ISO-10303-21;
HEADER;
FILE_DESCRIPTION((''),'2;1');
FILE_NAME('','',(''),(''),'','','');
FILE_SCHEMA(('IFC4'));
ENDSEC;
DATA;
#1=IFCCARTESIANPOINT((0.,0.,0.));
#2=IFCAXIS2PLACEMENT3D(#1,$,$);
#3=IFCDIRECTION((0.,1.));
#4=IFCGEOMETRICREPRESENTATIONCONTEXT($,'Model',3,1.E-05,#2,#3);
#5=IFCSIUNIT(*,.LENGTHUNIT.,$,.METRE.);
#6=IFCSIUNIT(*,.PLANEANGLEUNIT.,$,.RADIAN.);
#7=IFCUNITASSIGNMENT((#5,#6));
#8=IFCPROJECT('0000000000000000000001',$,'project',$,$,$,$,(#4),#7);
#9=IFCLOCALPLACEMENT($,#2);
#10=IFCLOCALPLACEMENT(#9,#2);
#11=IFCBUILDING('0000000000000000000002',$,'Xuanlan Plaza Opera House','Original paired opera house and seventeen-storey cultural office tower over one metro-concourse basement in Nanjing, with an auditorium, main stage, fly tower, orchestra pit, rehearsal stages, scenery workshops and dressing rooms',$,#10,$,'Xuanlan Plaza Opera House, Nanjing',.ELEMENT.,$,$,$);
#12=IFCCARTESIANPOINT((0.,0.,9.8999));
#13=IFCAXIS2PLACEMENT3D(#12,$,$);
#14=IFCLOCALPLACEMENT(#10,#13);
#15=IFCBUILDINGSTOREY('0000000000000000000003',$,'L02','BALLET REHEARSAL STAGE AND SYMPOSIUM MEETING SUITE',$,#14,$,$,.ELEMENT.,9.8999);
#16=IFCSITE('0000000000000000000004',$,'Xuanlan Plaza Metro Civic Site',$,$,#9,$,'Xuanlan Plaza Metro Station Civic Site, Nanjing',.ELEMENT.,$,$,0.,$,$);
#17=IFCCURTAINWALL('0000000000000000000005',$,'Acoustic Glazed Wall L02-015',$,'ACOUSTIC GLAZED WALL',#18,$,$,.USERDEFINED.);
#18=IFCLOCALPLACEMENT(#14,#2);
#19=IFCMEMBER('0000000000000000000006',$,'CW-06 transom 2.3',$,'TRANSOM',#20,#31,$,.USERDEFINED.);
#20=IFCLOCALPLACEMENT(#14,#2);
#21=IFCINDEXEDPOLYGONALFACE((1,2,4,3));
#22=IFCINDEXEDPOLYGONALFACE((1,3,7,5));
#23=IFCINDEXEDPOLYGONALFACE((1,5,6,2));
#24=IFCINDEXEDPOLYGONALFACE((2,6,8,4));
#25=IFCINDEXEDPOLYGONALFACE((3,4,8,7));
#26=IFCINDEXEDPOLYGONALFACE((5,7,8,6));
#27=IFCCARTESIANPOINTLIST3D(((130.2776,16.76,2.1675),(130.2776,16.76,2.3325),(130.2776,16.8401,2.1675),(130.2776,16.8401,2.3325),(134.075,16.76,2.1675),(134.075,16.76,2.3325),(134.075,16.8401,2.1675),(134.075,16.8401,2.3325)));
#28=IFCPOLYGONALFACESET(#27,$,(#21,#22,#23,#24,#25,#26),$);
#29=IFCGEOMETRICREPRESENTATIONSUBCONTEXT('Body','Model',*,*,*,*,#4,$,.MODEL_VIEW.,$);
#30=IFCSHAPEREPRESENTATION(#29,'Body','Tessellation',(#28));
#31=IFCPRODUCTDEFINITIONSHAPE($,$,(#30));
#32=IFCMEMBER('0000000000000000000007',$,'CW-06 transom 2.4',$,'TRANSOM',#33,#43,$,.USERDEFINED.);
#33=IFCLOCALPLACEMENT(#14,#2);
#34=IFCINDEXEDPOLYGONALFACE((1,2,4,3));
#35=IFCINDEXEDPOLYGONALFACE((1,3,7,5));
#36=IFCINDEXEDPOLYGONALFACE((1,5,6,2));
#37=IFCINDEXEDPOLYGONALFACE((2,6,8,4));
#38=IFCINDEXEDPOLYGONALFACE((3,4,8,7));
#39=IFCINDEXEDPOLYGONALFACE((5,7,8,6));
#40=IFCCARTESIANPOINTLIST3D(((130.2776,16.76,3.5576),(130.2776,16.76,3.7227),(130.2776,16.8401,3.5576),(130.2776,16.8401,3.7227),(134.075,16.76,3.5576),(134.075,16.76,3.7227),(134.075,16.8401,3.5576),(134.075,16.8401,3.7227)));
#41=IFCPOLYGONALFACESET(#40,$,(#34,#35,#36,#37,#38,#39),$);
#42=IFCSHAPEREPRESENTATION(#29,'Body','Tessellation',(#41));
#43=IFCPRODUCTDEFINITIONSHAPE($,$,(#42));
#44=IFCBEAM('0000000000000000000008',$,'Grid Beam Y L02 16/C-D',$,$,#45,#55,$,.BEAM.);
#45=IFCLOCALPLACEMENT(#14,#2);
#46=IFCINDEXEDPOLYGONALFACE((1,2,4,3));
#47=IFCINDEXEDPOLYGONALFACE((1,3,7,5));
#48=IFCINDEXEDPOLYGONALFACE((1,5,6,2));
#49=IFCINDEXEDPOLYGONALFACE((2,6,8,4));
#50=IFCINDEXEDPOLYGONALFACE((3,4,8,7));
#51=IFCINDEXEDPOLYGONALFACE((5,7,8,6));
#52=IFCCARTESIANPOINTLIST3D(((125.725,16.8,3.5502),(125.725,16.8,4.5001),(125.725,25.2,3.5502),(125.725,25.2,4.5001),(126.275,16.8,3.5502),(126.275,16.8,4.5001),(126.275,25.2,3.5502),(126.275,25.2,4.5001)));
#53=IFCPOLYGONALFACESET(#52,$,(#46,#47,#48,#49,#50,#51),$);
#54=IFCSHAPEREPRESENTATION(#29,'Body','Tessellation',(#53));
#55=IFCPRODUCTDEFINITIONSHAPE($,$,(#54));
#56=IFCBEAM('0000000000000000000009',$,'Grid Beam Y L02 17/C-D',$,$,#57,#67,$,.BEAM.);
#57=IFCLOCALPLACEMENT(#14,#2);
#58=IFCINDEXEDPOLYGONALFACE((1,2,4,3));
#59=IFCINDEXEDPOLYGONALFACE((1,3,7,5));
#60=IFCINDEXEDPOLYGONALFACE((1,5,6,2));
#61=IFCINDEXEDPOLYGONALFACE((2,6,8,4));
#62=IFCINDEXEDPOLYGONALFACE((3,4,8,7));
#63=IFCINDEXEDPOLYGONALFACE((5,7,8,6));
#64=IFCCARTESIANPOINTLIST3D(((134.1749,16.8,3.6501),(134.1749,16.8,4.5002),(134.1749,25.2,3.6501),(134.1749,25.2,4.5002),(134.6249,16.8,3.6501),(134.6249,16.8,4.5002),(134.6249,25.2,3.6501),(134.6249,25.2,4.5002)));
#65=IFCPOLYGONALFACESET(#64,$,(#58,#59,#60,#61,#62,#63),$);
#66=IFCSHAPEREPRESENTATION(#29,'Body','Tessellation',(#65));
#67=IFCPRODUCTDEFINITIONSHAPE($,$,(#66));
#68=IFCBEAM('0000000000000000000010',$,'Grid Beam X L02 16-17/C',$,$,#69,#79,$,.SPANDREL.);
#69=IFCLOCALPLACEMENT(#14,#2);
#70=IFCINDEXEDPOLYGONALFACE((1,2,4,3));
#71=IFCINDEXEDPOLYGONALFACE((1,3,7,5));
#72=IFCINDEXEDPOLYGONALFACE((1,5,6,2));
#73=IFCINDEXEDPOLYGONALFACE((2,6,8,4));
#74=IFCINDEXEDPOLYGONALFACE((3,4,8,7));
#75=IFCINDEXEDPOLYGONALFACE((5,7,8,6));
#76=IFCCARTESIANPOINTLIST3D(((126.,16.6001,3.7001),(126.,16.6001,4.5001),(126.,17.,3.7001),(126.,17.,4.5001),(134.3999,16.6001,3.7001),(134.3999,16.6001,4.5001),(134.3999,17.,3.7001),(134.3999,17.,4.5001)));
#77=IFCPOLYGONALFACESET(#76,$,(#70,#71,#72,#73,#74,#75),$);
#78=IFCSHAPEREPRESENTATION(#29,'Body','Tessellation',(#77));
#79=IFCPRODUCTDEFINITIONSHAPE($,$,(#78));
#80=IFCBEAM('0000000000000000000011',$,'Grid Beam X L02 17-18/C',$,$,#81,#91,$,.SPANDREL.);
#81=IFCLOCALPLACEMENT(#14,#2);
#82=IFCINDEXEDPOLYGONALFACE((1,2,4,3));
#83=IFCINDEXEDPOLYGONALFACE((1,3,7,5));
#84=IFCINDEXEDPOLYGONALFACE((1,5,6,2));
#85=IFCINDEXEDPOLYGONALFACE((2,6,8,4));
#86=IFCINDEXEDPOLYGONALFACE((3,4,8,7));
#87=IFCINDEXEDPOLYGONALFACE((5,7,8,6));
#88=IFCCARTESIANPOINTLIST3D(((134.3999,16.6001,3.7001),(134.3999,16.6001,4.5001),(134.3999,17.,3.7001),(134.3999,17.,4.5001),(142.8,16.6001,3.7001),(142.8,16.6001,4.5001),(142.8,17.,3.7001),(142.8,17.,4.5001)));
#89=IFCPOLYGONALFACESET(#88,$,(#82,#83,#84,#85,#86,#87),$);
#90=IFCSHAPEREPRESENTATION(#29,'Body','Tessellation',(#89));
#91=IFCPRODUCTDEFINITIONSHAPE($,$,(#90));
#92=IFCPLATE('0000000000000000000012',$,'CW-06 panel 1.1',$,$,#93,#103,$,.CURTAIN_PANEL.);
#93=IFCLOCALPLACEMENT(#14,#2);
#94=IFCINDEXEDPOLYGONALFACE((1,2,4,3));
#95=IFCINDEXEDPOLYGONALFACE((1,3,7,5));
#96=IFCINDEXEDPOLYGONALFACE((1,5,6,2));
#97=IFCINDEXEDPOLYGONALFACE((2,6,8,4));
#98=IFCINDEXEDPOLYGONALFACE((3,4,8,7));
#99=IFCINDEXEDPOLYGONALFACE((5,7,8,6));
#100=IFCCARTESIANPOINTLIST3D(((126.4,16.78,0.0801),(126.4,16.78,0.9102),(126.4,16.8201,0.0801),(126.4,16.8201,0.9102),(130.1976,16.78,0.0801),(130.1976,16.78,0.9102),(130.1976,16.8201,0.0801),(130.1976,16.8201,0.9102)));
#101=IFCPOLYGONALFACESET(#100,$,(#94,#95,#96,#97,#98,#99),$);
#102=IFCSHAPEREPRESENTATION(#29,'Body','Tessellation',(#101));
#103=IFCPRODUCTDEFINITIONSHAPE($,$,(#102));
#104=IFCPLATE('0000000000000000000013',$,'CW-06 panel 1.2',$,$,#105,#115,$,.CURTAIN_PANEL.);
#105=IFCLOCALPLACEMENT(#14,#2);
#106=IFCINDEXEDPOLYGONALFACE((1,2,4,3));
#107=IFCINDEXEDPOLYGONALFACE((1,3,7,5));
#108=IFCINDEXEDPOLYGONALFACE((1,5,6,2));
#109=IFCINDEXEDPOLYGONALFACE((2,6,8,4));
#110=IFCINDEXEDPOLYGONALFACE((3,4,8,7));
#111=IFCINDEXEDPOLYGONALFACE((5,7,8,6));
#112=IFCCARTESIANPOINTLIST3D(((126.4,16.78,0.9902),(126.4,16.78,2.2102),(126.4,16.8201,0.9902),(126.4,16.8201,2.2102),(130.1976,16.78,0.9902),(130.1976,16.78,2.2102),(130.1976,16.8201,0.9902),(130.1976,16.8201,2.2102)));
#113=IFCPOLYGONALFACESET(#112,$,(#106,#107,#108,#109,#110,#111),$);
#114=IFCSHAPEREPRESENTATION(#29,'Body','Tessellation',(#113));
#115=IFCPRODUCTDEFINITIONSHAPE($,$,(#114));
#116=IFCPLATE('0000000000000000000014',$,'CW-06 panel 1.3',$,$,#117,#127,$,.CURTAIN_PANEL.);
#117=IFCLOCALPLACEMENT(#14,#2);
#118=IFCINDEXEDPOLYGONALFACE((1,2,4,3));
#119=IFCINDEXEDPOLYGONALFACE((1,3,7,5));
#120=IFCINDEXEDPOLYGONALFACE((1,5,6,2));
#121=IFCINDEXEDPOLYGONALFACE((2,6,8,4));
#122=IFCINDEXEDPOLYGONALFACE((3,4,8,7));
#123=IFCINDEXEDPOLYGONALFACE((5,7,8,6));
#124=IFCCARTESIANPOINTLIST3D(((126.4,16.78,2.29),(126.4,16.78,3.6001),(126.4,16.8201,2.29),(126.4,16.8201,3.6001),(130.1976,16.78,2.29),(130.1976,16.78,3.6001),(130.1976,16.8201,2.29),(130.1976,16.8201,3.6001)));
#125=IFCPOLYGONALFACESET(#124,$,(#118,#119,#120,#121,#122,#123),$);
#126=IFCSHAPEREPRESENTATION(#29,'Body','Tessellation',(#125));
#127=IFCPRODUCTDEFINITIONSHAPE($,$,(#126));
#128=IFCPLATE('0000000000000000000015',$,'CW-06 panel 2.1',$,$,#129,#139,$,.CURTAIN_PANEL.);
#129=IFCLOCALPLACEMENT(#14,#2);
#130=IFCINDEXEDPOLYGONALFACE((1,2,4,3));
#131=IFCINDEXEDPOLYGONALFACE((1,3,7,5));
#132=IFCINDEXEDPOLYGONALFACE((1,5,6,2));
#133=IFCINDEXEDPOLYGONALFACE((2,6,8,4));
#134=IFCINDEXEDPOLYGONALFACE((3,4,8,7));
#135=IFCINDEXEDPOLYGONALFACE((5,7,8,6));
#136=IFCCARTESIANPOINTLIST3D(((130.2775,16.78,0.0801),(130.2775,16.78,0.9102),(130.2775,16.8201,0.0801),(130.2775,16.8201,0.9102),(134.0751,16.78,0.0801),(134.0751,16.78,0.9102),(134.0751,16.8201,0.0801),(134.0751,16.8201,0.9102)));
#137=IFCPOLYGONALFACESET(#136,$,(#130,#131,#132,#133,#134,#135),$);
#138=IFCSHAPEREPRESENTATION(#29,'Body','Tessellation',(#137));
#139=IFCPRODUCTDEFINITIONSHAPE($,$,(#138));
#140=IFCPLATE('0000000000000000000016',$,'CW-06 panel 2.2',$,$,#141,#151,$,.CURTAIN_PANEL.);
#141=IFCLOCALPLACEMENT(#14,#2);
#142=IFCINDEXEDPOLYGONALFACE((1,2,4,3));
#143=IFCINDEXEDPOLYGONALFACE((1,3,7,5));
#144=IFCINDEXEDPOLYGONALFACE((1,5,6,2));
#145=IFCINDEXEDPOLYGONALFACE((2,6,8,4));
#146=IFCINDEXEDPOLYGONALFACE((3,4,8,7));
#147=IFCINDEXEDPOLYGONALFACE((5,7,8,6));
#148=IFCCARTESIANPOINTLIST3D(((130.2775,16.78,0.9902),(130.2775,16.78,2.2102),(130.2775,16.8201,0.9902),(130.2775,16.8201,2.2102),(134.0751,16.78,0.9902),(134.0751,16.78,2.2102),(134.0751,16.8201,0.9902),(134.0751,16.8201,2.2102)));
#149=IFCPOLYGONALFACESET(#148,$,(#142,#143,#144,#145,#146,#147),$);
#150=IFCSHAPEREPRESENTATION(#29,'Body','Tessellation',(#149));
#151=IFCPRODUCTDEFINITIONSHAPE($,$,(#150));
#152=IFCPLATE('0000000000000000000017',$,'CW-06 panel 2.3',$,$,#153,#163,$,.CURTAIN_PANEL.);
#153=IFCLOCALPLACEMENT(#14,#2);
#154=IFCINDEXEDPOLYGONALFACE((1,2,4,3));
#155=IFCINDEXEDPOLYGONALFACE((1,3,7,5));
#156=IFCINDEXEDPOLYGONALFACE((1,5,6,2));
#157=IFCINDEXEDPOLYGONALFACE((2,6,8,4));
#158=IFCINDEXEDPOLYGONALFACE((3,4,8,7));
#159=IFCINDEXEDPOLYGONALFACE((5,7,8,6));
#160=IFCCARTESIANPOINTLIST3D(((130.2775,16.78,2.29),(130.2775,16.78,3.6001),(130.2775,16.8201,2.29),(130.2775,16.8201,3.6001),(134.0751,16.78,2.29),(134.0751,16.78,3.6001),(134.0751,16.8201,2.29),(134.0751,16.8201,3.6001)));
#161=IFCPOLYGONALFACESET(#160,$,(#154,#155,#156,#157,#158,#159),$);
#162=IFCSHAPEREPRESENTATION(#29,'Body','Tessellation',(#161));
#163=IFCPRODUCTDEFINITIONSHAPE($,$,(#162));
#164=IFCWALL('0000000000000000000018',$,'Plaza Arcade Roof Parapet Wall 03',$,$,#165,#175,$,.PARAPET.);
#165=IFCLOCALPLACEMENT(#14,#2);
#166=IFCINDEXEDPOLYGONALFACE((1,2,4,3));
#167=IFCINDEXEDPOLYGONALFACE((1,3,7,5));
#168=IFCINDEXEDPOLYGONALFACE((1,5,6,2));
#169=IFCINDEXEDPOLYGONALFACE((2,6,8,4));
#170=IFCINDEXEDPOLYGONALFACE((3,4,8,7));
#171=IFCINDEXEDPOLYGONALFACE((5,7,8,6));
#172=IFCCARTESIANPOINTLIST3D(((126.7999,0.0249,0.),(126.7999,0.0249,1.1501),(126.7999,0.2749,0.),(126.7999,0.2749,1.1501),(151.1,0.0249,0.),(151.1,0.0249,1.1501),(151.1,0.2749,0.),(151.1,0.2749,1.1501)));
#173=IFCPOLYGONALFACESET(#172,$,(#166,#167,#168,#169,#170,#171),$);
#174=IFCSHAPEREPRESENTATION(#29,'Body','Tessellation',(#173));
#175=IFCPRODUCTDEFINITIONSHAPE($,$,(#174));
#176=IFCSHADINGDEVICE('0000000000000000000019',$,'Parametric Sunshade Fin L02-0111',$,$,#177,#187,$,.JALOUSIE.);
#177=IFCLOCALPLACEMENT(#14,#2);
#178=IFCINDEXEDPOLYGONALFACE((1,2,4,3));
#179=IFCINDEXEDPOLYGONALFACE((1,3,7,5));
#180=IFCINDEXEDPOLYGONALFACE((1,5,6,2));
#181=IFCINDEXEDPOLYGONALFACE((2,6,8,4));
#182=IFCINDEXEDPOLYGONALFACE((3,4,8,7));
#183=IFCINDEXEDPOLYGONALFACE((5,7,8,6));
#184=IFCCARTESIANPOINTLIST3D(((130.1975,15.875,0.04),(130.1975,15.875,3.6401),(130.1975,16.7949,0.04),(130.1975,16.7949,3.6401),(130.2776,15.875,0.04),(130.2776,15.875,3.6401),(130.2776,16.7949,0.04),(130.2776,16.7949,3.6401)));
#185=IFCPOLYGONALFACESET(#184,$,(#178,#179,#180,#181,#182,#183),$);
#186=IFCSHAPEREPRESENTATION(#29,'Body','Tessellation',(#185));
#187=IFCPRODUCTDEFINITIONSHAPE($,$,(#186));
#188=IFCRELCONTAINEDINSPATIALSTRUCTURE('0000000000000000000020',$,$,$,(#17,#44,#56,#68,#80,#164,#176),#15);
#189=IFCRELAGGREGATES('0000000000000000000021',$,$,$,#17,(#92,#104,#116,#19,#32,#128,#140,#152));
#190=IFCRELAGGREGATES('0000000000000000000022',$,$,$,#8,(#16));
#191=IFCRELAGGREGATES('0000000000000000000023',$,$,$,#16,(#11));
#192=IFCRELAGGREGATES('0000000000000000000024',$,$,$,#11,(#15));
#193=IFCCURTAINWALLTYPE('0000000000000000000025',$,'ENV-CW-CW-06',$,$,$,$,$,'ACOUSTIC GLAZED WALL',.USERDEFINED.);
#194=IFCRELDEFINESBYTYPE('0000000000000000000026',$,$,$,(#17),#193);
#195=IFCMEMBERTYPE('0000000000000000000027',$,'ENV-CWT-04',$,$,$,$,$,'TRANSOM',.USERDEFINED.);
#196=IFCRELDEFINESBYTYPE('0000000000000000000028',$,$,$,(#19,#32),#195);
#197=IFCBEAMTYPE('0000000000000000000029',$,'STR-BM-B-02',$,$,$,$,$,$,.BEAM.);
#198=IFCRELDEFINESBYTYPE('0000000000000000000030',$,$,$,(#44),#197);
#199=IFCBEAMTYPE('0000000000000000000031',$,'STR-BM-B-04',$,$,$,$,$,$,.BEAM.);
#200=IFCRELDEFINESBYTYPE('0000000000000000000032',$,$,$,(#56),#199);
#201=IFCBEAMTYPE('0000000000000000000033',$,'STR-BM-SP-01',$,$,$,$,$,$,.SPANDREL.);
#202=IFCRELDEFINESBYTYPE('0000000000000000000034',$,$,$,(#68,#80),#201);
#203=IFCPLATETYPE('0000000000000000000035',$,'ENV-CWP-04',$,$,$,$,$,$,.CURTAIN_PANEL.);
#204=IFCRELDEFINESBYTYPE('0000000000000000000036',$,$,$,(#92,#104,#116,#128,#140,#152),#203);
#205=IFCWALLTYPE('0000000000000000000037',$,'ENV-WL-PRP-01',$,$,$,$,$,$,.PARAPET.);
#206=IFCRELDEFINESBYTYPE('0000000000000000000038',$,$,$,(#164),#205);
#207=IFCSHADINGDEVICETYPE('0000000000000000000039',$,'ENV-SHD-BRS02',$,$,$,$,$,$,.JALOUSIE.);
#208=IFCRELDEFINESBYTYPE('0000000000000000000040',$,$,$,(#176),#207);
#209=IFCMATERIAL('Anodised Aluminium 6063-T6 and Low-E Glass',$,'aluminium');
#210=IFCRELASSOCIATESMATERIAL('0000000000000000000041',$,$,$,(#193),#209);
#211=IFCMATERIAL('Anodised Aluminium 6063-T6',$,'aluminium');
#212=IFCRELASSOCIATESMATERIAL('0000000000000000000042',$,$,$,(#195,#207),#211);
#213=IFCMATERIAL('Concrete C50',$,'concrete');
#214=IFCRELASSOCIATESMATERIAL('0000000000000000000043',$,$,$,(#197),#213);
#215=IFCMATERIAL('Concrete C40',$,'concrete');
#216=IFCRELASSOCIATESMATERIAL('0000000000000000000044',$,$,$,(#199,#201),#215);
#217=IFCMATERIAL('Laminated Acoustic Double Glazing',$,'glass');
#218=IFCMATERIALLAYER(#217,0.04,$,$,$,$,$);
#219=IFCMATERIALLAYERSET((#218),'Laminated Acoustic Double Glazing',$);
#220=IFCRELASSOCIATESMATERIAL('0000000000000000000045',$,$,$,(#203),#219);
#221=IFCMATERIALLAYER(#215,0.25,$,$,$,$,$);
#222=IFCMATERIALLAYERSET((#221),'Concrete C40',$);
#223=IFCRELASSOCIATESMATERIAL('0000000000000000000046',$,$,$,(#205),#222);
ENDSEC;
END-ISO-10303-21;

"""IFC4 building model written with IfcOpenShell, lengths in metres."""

from ifc_helpers import new_model, si_unit, direction, frame, frame_2d, origin, origin_2d, place, context, subcontext, project, spatial, rectangle, extrude, material, layer, layer_set, material_profile, profile_set, type_object, element, aggregate, save


model = new_model("IFC4")

# Units and contexts
model_context = context("Model", 3, precision=1e-05, world=origin(), true_north=direction((0.0, 1.0)))
body_context = subcontext(model_context, "Body", "Model", "MODEL_VIEW")
ifc_project = project(units=[si_unit("LENGTHUNIT", "METRE"), si_unit("PLANEANGLEUNIT", "RADIAN")], contexts=[model_context])

# Site, building, storey
site_placement = place(None, origin())
site = spatial("IfcSite", under=ifc_project, at=site_placement, Name="Xuanlan Plaza Metro Civic Site", LongName="Xuanlan Plaza Metro Station Civic Site, Nanjing", CompositionType="ELEMENT", RefElevation=0.0)
building_placement = place(site_placement, origin())
building = spatial("IfcBuilding", under=site, at=building_placement, Name="Xuanlan Plaza Opera House", Description="Original paired opera house and seventeen-storey cultural office tower over one metro-concourse basement in Nanjing, with an auditorium, main stage, fly tower, orchestra pit, rehearsal stages, scenery workshops and dressing rooms", LongName="Xuanlan Plaza Opera House, Nanjing", CompositionType="ELEMENT")
storey_placement = place(building_placement, frame((0.0, 0.0, 9.8999)))
storey = spatial("IfcBuildingStorey", under=building, at=storey_placement, Name="L02", Description="BALLET REHEARSAL STAGE AND SYMPOSIUM MEETING SUITE", CompositionType="ELEMENT", Elevation=9.8999)

# Shared definitions
ifc_material_1 = material(Name="Concrete C40", Category="concrete")

# Curtain wall
ifc_material_2 = material(Name="Anodised Aluminium 6063-T6 and Low-E Glass", Category="aluminium")
curtain_wall_type_1 = type_object("IfcCurtainWallType", Name="ENV-CW-CW-06", ElementType="ACOUSTIC GLAZED WALL", PredefinedType="USERDEFINED", material=ifc_material_2)
curtain_wall_1_placement = place(storey_placement, origin())
curtain_wall_1 = element("IfcCurtainWall", 1, at=curtain_wall_1_placement, inside=storey, type_object=curtain_wall_type_1, Name="Acoustic Glazed Wall L02-015", ObjectType="ACOUSTIC GLAZED WALL", PredefinedType="USERDEFINED")
ifc_material_3 = material(Name="Anodised Aluminium 6063-T6", Category="aluminium")

# Members
ifc_material_profile_1 = material_profile(ifc_material_3, rectangle(XDim=0.0801, YDim=0.165, at=origin_2d()), Name="ALU-T 80x165")
ifc_profile_set_1 = profile_set([ifc_material_profile_1], Name="Anodised Aluminium 6063-T6")
member_type_1 = type_object("IfcMemberType", Name="ENV-CWT-04", ElementType="TRANSOM", PredefinedType="USERDEFINED", material=ifc_profile_set_1)
member_1_placement = place(storey_placement, frame((130.2776, 16.8, 2.25), z_axis=(1.0, 0.0, 0.0), x_axis=(0.0, 1.0, 0.0)))
member_1 = element("IfcMember", 2, at=member_1_placement, type_object=member_type_1, Name="CW-06 transom 2.3", ObjectType="TRANSOM", PredefinedType="USERDEFINED", context=body_context, shape_type="SweptSolid", body=[
    extrude(rectangle(XDim=0.0801, YDim=0.165, at=origin_2d()), origin(), (0.0, 0.0, 1.0), 3.7974),
])
member_2_placement = place(storey_placement, frame((130.2776, 16.8, 3.6401), z_axis=(1.0, 0.0, 0.0), x_axis=(0.0, 1.0, 0.0)))
member_2 = element("IfcMember", 3, at=member_2_placement, type_object=member_type_1, Name="CW-06 transom 2.4", ObjectType="TRANSOM", PredefinedType="USERDEFINED", context=body_context, shape_type="SweptSolid", body=[
    extrude(rectangle(XDim=0.0801, YDim=0.165, at=origin_2d()), origin(), (0.0, 0.0, 1.0), 3.7974),
])

# Beams
ifc_material_4 = material(Name="Concrete C50", Category="concrete")
ifc_material_profile_2 = material_profile(ifc_material_4, rectangle(XDim=0.55, YDim=0.95, at=origin_2d()), Name="RC-BM 550x950")
ifc_profile_set_2 = profile_set([ifc_material_profile_2], Name="Concrete C50")
beam_type_1 = type_object("IfcBeamType", Name="STR-BM-B-02", PredefinedType="BEAM", material=ifc_profile_set_2)
beam_1_placement = place(storey_placement, frame((126.0, 16.8, 4.0251), z_axis=(0.0, 1.0, 0.0), x_axis=(-1.0, 0.0, 0.0)))
element("IfcBeam", 4, at=beam_1_placement, inside=storey, type_object=beam_type_1, Name="Grid Beam Y L02 16/C-D", PredefinedType="BEAM", context=body_context, shape_type="SweptSolid", body=[
    extrude(rectangle(XDim=0.55, YDim=0.95, at=origin_2d()), origin(), (0.0, 0.0, 1.0), 8.3999),
])
ifc_material_profile_3 = material_profile(ifc_material_1, rectangle(XDim=0.45, YDim=0.8501, at=origin_2d()), Name="RC-BM 450x850")
ifc_profile_set_3 = profile_set([ifc_material_profile_3], Name="Concrete C40")
beam_type_2 = type_object("IfcBeamType", Name="STR-BM-B-04", PredefinedType="BEAM", material=ifc_profile_set_3)
beam_2_placement = place(storey_placement, frame((134.3999, 16.8, 4.0752), z_axis=(0.0, 1.0, 0.0), x_axis=(-1.0, 0.0, 0.0)))
element("IfcBeam", 5, at=beam_2_placement, inside=storey, type_object=beam_type_2, Name="Grid Beam Y L02 17/C-D", PredefinedType="BEAM", context=body_context, shape_type="SweptSolid", body=[
    extrude(rectangle(XDim=0.45, YDim=0.8501, at=origin_2d()), origin(), (0.0, 0.0, 1.0), 8.3999),
])
ifc_material_profile_4 = material_profile(ifc_material_1, rectangle(XDim=0.3999, YDim=0.8, at=origin_2d()), Name="RC-SPD 400x800")
ifc_profile_set_4 = profile_set([ifc_material_profile_4], Name="Concrete C40")
beam_type_3 = type_object("IfcBeamType", Name="STR-BM-SP-01", PredefinedType="SPANDREL", material=ifc_profile_set_4)
beam_3_placement = place(storey_placement, frame((126.0, 16.8, 4.1001), z_axis=(1.0, 0.0, 0.0), x_axis=(0.0, 1.0, 0.0)))
element("IfcBeam", 6, at=beam_3_placement, inside=storey, type_object=beam_type_3, Name="Grid Beam X L02 16-17/C", PredefinedType="SPANDREL", context=body_context, shape_type="SweptSolid", body=[
    extrude(rectangle(XDim=0.3999, YDim=0.8, at=origin_2d()), origin(), (0.0, 0.0, 1.0), 8.3999),
])
beam_4_placement = place(storey_placement, frame((134.3999, 16.8, 4.1001), z_axis=(1.0, 0.0, 0.0), x_axis=(0.0, 1.0, 0.0)))
element("IfcBeam", 7, at=beam_4_placement, inside=storey, type_object=beam_type_3, Name="Grid Beam X L02 17-18/C", PredefinedType="SPANDREL", context=body_context, shape_type="SweptSolid", body=[
    extrude(rectangle(XDim=0.3999, YDim=0.8, at=origin_2d()), origin(), (0.0, 0.0, 1.0), 8.4001),
])

# Plates
ifc_material_5 = material(Name="Laminated Acoustic Double Glazing", Category="glass")
ifc_layer_1 = layer(ifc_material_5, 0.04)
ifc_layer_set_1 = layer_set([ifc_layer_1], Name="Laminated Acoustic Double Glazing")
plate_type = type_object("IfcPlateType", Name="ENV-CWP-04", PredefinedType="CURTAIN_PANEL", material=ifc_layer_set_1)
plate_1_placement = place(storey_placement, frame((128.2988, 16.8, 0.0801), z_axis=(0.0, 0.0, 1.0), x_axis=(1.0, 0.0, 0.0)))
plate_1 = element("IfcPlate", 8, at=plate_1_placement, type_object=plate_type, Name="CW-06 panel 1.1", PredefinedType="CURTAIN_PANEL", context=body_context, shape_type="SweptSolid", body=[
    extrude(rectangle(XDim=3.7976, YDim=0.04, at=origin_2d()), origin(), (0.0, 0.0, 1.0), 0.8301),
])
plate_2_placement = place(storey_placement, frame((128.2988, 16.8, 0.9902), z_axis=(0.0, 0.0, 1.0), x_axis=(1.0, 0.0, 0.0)))
plate_2 = element("IfcPlate", 9, at=plate_2_placement, type_object=plate_type, Name="CW-06 panel 1.2", PredefinedType="CURTAIN_PANEL", context=body_context, shape_type="SweptSolid", body=[
    extrude(rectangle(XDim=3.7976, YDim=0.04, at=origin_2d()), origin(), (0.0, 0.0, 1.0), 1.22),
])
plate_3_placement = place(storey_placement, frame((128.2988, 16.8, 2.29), z_axis=(0.0, 0.0, 1.0), x_axis=(1.0, 0.0, 0.0)))
plate_3 = element("IfcPlate", 10, at=plate_3_placement, type_object=plate_type, Name="CW-06 panel 1.3", PredefinedType="CURTAIN_PANEL", context=body_context, shape_type="SweptSolid", body=[
    extrude(rectangle(XDim=3.7976, YDim=0.04, at=origin_2d()), origin(), (0.0, 0.0, 1.0), 1.3101),
])
plate_4_placement = place(storey_placement, frame((132.1763, 16.8, 0.0801), z_axis=(0.0, 0.0, 1.0), x_axis=(1.0, 0.0, 0.0)))
plate_4 = element("IfcPlate", 11, at=plate_4_placement, type_object=plate_type, Name="CW-06 panel 2.1", PredefinedType="CURTAIN_PANEL", context=body_context, shape_type="SweptSolid", body=[
    extrude(rectangle(XDim=3.7976, YDim=0.04, at=origin_2d()), origin(), (0.0, 0.0, 1.0), 0.8301),
])
plate_5_placement = place(storey_placement, frame((132.1763, 16.8, 0.9902), z_axis=(0.0, 0.0, 1.0), x_axis=(1.0, 0.0, 0.0)))
plate_5 = element("IfcPlate", 12, at=plate_5_placement, type_object=plate_type, Name="CW-06 panel 2.2", PredefinedType="CURTAIN_PANEL", context=body_context, shape_type="SweptSolid", body=[
    extrude(rectangle(XDim=3.7976, YDim=0.04, at=origin_2d()), origin(), (0.0, 0.0, 1.0), 1.22),
])
plate_6_placement = place(storey_placement, frame((132.1763, 16.8, 2.29), z_axis=(0.0, 0.0, 1.0), x_axis=(1.0, 0.0, 0.0)))
plate_6 = element("IfcPlate", 13, at=plate_6_placement, type_object=plate_type, Name="CW-06 panel 2.3", PredefinedType="CURTAIN_PANEL", context=body_context, shape_type="SweptSolid", body=[
    extrude(rectangle(XDim=3.7976, YDim=0.04, at=origin_2d()), origin(), (0.0, 0.0, 1.0), 1.3101),
])
aggregate(curtain_wall_1, [plate_1, plate_2, plate_3, member_1, member_2, plate_4, plate_5, plate_6])

# Wall
ifc_layer_2 = layer(ifc_material_1, 0.25)
ifc_layer_set_2 = layer_set([ifc_layer_2], Name="Concrete C40")
wall_type = type_object("IfcWallType", Name="ENV-WL-PRP-01", PredefinedType="PARAPET", material=ifc_layer_set_2)
wall_placement = place(storey_placement, frame((126.8, 0.1499, 0.0), z_axis=(0.0, 0.0, 1.0), x_axis=(1.0, 0.0, 0.0)))
element("IfcWall", 14, at=wall_placement, inside=storey, type_object=wall_type, Name="Plaza Arcade Roof Parapet Wall 03", PredefinedType="PARAPET", context=body_context, shape_type="SweptSolid", body=[
    extrude(rectangle(XDim=24.3, YDim=0.25, at=frame_2d((12.1499, 0.0))), origin(), (0.0, 0.0, 1.0), 1.1501),
])

# Shading device
shading_device_type = type_object("IfcShadingDeviceType", Name="ENV-SHD-BRS02", PredefinedType="JALOUSIE", material=ifc_material_3)
shading_device_placement = place(storey_placement, frame((130.2375, 16.335, 0.04), z_axis=(0.0, 0.0, 1.0), x_axis=(0.0, -1.0, 0.0)))
element("IfcShadingDevice", 15, at=shading_device_placement, inside=storey, type_object=shading_device_type, Name="Parametric Sunshade Fin L02-0111", PredefinedType="JALOUSIE", context=body_context, shape_type="SweptSolid", body=[
    extrude(rectangle(XDim=0.9199, YDim=0.0801, at=origin_2d()), origin(), (0.0, 0.0, 1.0), 3.6001),
])

save(model, "model.ifc")
